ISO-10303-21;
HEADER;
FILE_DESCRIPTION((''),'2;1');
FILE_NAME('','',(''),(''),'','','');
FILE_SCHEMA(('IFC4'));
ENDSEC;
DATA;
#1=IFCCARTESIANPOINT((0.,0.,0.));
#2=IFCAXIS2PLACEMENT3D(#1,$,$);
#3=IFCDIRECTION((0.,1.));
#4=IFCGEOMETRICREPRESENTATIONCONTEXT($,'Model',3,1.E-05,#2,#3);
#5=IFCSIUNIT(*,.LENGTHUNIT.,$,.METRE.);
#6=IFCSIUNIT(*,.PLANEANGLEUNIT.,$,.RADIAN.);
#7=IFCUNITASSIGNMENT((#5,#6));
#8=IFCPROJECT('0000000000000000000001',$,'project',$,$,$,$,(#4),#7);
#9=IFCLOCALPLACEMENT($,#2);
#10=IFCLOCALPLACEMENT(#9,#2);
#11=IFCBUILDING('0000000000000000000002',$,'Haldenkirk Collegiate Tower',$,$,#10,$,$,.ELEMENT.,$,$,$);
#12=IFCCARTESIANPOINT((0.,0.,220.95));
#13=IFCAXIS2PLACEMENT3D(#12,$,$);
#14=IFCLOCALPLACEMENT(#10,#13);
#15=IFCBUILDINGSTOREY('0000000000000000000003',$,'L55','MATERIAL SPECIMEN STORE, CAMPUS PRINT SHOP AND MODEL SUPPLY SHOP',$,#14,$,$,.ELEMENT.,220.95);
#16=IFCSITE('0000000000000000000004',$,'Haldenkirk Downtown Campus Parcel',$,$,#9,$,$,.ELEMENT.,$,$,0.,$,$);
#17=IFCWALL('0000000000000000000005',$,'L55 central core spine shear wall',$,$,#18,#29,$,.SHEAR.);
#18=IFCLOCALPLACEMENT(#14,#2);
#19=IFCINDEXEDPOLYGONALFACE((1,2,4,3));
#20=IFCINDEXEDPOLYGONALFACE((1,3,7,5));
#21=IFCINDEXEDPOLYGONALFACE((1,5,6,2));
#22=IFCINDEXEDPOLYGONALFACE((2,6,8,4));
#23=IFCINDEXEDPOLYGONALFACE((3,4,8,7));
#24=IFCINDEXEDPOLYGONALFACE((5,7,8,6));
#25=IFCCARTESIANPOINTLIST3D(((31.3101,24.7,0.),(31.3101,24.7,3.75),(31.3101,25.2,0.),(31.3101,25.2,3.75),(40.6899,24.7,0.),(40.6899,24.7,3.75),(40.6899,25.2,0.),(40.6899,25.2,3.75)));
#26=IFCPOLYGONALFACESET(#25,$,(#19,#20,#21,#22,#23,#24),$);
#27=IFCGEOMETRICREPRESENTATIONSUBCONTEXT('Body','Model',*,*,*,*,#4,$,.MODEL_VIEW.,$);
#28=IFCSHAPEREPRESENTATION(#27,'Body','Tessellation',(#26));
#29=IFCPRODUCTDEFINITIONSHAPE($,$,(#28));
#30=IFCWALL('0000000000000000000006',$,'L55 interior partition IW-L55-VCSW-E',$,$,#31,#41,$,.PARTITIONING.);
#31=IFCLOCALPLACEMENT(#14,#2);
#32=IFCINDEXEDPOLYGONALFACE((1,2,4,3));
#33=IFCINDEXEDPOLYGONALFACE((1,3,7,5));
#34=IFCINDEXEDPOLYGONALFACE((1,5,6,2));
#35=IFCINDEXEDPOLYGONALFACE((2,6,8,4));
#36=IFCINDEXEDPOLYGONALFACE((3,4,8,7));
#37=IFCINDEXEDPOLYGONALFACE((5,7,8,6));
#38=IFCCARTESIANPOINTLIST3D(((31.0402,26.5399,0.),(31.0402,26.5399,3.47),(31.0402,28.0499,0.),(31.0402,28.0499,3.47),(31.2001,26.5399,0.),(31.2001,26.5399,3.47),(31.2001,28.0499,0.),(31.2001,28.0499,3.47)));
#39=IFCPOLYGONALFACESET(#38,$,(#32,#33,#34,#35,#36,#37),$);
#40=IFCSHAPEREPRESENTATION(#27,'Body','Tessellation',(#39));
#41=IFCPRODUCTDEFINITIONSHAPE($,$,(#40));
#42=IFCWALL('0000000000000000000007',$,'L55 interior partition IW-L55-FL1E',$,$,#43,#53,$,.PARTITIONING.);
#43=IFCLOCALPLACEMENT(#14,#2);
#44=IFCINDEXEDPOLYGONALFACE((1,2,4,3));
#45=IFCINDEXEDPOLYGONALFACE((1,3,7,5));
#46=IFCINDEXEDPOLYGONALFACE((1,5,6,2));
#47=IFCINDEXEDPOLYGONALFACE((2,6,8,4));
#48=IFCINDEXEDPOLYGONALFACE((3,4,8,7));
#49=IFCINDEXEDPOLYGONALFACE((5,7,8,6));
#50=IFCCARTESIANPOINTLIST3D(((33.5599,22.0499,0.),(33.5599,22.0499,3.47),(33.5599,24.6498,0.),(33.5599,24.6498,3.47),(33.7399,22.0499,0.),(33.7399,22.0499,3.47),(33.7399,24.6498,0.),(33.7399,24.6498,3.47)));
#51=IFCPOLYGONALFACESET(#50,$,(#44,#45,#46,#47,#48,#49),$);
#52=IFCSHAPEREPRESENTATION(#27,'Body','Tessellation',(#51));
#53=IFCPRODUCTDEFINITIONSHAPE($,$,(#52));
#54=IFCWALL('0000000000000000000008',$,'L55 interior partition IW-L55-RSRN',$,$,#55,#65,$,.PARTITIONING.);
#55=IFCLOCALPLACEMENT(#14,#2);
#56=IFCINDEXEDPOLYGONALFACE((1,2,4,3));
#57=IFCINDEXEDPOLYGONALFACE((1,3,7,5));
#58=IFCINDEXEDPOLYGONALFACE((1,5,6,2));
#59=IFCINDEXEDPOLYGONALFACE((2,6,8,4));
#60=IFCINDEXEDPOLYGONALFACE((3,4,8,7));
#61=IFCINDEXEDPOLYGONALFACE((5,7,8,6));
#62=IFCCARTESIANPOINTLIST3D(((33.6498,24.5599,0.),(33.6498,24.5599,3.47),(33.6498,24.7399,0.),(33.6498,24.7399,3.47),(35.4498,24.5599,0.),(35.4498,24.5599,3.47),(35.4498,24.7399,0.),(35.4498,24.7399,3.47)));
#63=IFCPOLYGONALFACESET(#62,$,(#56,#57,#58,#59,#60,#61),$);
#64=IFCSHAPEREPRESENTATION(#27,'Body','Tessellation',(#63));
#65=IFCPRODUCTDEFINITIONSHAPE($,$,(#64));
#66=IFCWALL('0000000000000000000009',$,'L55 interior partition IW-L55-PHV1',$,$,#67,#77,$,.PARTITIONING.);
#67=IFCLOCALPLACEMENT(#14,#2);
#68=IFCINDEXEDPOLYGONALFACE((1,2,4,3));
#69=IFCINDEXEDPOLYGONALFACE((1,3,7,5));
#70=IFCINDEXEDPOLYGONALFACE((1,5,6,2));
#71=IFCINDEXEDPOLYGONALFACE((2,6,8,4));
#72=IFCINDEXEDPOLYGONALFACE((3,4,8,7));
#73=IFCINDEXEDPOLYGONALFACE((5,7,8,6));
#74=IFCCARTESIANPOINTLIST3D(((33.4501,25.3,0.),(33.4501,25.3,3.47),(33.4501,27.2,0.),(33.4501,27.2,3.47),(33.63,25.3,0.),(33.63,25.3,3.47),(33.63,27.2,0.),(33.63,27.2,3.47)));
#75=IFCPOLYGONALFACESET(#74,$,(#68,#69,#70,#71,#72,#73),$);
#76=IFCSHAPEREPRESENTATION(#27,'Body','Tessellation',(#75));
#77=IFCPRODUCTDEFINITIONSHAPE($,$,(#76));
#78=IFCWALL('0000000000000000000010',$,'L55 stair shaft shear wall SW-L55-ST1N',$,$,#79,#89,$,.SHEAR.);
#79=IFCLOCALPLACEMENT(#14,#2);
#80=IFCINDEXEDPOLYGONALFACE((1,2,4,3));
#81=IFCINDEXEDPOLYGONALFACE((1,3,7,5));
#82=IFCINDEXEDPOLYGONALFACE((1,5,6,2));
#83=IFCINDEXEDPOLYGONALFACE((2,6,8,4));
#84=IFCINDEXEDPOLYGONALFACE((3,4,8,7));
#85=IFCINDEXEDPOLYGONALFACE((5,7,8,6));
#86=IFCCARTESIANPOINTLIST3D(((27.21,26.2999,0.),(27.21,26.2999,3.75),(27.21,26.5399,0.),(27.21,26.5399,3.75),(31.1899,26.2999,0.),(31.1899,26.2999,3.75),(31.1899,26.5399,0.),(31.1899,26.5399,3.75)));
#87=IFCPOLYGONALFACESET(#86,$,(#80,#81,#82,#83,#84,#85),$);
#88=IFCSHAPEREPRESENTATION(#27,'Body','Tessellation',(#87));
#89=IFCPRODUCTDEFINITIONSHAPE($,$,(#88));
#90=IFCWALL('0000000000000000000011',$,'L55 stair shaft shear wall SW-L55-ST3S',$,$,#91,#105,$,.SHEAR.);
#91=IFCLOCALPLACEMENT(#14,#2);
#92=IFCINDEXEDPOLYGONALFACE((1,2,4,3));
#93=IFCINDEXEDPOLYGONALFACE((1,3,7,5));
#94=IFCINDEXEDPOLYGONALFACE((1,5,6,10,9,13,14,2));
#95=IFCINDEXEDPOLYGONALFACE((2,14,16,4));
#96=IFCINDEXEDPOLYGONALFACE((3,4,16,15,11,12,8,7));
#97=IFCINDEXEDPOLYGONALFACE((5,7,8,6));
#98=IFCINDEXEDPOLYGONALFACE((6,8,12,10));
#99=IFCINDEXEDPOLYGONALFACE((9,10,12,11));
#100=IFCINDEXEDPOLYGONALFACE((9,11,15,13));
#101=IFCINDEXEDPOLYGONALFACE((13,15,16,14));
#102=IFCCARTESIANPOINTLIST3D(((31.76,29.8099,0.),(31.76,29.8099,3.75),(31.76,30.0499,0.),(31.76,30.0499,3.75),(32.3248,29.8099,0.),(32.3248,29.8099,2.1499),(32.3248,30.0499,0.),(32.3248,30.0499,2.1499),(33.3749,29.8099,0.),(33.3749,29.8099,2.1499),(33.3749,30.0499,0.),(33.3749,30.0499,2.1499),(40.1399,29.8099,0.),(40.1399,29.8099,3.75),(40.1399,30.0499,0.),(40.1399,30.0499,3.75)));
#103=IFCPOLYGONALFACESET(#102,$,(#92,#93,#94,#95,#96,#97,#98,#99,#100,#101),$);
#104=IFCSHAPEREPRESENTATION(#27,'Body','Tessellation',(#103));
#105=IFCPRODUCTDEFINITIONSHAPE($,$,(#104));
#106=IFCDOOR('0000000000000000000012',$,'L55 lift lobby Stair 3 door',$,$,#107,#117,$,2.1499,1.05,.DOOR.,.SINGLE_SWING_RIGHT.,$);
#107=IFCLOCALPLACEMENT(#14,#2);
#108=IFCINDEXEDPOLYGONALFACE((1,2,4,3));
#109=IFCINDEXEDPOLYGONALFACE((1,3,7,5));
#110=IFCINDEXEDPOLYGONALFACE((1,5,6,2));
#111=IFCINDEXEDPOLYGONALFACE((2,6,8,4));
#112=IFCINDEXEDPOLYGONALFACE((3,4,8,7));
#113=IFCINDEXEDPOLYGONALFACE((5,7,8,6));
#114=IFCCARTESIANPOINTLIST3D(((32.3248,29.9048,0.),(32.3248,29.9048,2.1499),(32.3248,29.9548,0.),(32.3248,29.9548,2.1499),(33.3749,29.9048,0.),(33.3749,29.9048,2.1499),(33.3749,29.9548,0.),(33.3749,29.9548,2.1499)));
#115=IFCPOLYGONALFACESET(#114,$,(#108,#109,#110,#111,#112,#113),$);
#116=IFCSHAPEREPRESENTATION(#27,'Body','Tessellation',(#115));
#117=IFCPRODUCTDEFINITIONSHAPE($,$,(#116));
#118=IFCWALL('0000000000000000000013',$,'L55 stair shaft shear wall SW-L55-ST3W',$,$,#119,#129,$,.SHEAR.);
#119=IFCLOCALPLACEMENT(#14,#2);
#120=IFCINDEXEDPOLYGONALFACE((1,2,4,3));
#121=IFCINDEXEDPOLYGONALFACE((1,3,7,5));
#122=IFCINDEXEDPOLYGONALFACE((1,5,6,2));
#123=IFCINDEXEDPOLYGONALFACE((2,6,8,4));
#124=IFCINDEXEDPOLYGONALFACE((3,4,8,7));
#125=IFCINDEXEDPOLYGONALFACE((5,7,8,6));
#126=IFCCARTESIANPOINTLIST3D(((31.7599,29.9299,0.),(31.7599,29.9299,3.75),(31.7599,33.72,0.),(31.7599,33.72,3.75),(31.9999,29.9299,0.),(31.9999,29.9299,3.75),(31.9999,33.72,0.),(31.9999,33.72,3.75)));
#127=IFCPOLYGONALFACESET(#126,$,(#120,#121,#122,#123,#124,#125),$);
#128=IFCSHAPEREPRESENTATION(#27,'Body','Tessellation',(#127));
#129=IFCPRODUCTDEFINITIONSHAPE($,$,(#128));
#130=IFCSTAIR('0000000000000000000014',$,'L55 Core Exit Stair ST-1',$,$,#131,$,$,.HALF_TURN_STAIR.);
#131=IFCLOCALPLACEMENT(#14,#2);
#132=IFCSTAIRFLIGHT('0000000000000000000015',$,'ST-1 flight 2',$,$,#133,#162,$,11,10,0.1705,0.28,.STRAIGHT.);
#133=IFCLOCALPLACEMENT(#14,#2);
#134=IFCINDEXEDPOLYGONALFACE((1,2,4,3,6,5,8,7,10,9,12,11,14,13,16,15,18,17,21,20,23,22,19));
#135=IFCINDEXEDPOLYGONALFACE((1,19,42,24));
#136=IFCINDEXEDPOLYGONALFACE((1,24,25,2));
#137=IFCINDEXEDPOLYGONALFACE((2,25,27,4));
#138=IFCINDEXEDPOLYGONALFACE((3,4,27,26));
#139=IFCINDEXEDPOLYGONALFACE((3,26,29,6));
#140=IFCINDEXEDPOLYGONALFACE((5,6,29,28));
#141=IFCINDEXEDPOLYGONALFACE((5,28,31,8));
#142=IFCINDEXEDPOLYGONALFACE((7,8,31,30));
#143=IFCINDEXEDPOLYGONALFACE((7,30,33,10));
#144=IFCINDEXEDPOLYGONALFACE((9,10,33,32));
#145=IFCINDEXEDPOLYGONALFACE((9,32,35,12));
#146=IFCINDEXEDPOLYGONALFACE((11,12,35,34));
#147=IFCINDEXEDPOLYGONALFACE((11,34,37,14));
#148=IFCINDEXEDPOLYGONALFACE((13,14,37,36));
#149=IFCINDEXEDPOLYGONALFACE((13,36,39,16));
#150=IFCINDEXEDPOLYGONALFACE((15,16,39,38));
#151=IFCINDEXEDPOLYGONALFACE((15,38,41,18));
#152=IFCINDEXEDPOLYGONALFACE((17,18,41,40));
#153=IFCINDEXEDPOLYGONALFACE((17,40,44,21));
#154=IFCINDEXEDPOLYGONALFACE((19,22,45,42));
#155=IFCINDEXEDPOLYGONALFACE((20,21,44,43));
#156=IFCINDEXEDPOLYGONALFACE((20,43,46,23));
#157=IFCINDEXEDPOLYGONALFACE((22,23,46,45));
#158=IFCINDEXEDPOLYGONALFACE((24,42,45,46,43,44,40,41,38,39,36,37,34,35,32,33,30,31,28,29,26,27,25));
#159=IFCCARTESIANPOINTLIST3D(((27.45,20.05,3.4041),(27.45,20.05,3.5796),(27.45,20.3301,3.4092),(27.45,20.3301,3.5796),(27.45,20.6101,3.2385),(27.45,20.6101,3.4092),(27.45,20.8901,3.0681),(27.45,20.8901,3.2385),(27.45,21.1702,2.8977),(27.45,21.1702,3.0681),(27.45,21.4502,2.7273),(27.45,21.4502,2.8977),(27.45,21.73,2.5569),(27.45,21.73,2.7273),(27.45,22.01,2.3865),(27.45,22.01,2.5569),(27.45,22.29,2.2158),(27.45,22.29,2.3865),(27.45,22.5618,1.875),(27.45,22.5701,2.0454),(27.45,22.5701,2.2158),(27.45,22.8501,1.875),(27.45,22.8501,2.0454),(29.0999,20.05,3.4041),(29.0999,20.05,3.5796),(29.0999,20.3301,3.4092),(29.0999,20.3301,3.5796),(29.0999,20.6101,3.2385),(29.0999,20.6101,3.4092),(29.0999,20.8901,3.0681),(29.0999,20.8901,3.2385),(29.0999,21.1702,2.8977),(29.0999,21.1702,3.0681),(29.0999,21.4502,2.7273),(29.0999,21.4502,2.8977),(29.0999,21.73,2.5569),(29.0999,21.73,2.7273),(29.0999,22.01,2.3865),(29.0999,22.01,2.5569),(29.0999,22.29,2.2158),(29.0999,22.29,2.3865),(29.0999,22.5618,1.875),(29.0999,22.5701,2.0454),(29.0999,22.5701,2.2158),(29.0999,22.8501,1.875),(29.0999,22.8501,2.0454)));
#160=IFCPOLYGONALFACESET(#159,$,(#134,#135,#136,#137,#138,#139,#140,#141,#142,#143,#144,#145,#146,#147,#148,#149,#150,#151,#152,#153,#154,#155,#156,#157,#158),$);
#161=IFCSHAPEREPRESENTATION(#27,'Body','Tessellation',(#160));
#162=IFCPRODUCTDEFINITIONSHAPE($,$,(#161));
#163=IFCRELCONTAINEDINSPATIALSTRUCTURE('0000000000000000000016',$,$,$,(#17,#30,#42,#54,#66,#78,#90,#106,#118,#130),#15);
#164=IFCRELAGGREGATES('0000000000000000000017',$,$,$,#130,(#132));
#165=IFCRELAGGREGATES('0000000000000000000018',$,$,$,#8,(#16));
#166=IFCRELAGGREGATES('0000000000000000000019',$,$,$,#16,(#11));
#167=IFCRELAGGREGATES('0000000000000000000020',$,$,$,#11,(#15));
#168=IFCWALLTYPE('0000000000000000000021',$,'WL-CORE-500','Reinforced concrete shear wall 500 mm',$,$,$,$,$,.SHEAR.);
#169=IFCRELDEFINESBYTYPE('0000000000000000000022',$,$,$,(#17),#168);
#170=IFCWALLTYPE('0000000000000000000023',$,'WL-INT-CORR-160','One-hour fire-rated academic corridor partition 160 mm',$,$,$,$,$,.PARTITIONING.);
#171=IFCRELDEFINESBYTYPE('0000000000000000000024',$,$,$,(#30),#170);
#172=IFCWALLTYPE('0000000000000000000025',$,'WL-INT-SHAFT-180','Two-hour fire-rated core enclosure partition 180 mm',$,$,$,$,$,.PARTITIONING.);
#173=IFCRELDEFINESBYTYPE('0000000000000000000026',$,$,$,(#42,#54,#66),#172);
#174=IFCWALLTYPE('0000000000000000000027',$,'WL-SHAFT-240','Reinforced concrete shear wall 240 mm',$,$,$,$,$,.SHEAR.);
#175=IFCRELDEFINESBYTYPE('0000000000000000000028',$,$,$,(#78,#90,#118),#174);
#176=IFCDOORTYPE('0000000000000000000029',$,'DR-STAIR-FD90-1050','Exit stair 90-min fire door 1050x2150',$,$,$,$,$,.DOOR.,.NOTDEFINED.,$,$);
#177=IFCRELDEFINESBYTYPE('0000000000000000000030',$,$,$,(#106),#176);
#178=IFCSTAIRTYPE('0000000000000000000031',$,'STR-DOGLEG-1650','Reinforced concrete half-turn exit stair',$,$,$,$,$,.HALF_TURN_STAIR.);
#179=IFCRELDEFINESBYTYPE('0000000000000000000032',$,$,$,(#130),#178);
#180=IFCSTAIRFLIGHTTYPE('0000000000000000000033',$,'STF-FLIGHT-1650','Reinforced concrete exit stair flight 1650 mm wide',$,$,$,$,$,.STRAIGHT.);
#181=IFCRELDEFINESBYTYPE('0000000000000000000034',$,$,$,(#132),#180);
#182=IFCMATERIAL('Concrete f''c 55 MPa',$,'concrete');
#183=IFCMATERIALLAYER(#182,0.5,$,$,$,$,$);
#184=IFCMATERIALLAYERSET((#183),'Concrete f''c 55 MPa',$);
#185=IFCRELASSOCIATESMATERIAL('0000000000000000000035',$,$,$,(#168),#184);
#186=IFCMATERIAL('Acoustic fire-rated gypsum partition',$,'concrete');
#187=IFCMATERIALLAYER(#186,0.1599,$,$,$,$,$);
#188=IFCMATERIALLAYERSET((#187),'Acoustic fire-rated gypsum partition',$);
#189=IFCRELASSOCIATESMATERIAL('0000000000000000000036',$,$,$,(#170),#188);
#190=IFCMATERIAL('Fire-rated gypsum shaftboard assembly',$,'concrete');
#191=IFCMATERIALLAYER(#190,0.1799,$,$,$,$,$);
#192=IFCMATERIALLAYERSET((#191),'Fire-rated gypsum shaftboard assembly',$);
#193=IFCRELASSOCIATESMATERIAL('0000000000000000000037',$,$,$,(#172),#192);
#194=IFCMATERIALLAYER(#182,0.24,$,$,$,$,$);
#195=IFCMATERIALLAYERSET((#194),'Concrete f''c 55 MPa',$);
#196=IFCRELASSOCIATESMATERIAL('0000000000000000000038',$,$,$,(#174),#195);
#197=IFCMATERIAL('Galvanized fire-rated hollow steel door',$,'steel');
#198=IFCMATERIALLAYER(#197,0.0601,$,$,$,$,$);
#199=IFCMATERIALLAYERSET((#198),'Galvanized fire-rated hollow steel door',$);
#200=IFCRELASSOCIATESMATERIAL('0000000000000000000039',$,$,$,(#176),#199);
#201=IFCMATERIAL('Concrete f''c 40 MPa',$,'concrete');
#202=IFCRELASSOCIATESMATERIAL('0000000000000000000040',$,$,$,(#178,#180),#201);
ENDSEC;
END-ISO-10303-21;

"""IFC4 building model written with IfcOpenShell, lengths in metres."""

from ifc_helpers import new_model, si_unit, direction, frame, frame_2d, origin, place, context, subcontext, project, spatial, polyline, rectangle, outline, extrude, material, layer, layer_set, type_object, element, fill, aggregate, save


model = new_model("IFC4")

# Units and contexts
model_context = context("Model", 3, precision=1e-05, world=origin(), true_north=direction((0.0, 1.0)))
body_context = subcontext(model_context, "Body", "Model", "MODEL_VIEW")
ifc_project = project(units=[si_unit("LENGTHUNIT", "METRE"), si_unit("PLANEANGLEUNIT", "RADIAN")], contexts=[model_context])

# Site, building, storey
site_placement = place(None, origin())
site = spatial("IfcSite", under=ifc_project, at=site_placement, Name="Haldenkirk Downtown Campus Parcel", CompositionType="ELEMENT", RefElevation=0.0)
building_placement = place(site_placement, origin())
building = spatial("IfcBuilding", under=site, at=building_placement, Name="Haldenkirk Collegiate Tower", CompositionType="ELEMENT")
storey_placement = place(building_placement, frame((0.0, 0.0, 220.95)))
storey = spatial("IfcBuildingStorey", under=building, at=storey_placement, Name="L55", Description="MATERIAL SPECIMEN STORE, CAMPUS PRINT SHOP AND MODEL SUPPLY SHOP", CompositionType="ELEMENT", Elevation=220.95)

# Wall
ifc_material_1 = material(Name="Concrete f'c 55 MPa", Category="concrete")
ifc_layer_1 = layer(ifc_material_1, 0.5)
ifc_layer_set_1 = layer_set([ifc_layer_1], Name="Concrete f'c 55 MPa")
wall_type_1 = type_object("IfcWallType", Name="WL-CORE-500", Description="Reinforced concrete shear wall 500 mm", PredefinedType="SHEAR", material=ifc_layer_set_1)
wall_1_placement = place(storey_placement, frame((31.3101, 24.95, 0.0), z_axis=(0.0, 0.0, 1.0), x_axis=(1.0, 0.0, 0.0)))
element("IfcWall", 1, at=wall_1_placement, inside=storey, type_object=wall_type_1, Name="L55 central core spine shear wall", PredefinedType="SHEAR", context=body_context, shape_type="SweptSolid", body=[
    extrude(rectangle(XDim=9.3799, YDim=0.5, at=frame_2d((4.6899, 0.0))), origin(), (0.0, 0.0, 1.0), 3.75),
])

# Shared definitions
ifc_material_2 = material(Name="Acoustic fire-rated gypsum partition", Category="concrete")
ifc_layer_2 = layer(ifc_material_2, 0.1599)
ifc_layer_set_2 = layer_set([ifc_layer_2], Name="Acoustic fire-rated gypsum partition")
wall_type_2 = type_object("IfcWallType", Name="WL-INT-CORR-160", Description="One-hour fire-rated academic corridor partition 160 mm", PredefinedType="PARTITIONING", material=ifc_layer_set_2)

# Wall
wall_2_placement = place(storey_placement, frame((31.1201, 26.54, 0.0), z_axis=(0.0, 0.0, 1.0), x_axis=(0.0, 1.0, 0.0)))
element("IfcWall", 2, at=wall_2_placement, inside=storey, type_object=wall_type_2, Name="L55 interior partition IW-L55-VCSW-E", PredefinedType="PARTITIONING", context=body_context, shape_type="SweptSolid", body=[
    extrude(rectangle(XDim=1.51, YDim=0.1599, at=frame_2d((0.7549, 0.0))), origin(), (0.0, 0.0, 1.0), 3.47),
])

# Walls
ifc_material_3 = material(Name="Fire-rated gypsum shaftboard assembly", Category="concrete")
ifc_layer_3 = layer(ifc_material_3, 0.1799)
ifc_layer_set_3 = layer_set([ifc_layer_3], Name="Fire-rated gypsum shaftboard assembly")
wall_type_3 = type_object("IfcWallType", Name="WL-INT-SHAFT-180", Description="Two-hour fire-rated core enclosure partition 180 mm", PredefinedType="PARTITIONING", material=ifc_layer_set_3)
wall_3_placement = place(storey_placement, frame((33.6499, 22.05, 0.0), z_axis=(0.0, 0.0, 1.0), x_axis=(0.0, 1.0, 0.0)))
element("IfcWall", 3, at=wall_3_placement, inside=storey, type_object=wall_type_3, Name="L55 interior partition IW-L55-FL1E", PredefinedType="PARTITIONING", context=body_context, shape_type="SweptSolid", body=[
    extrude(rectangle(XDim=2.5999, YDim=0.1799, at=frame_2d((1.2998, 0.0))), origin(), (0.0, 0.0, 1.0), 3.47),
])
wall_4_placement = place(storey_placement, frame((33.6499, 24.6499, 0.0), z_axis=(0.0, 0.0, 1.0), x_axis=(1.0, 0.0, 0.0)))
element("IfcWall", 4, at=wall_4_placement, inside=storey, type_object=wall_type_3, Name="L55 interior partition IW-L55-RSRN", PredefinedType="PARTITIONING", context=body_context, shape_type="SweptSolid", body=[
    extrude(rectangle(XDim=1.8, YDim=0.1799, at=frame_2d((0.8999, 0.0))), origin(), (0.0, 0.0, 1.0), 3.47),
])

# Wall
wall_5_placement = place(storey_placement, frame((33.54, 25.3, 0.0), z_axis=(0.0, 0.0, 1.0), x_axis=(0.0, 1.0, 0.0)))
element("IfcWall", 5, at=wall_5_placement, inside=storey, type_object=wall_type_3, Name="L55 interior partition IW-L55-PHV1", PredefinedType="PARTITIONING", context=body_context, shape_type="SweptSolid", body=[
    extrude(rectangle(XDim=1.8999, YDim=0.1799, at=frame_2d((0.95, 0.0))), origin(), (0.0, 0.0, 1.0), 3.47),
])

# Shared definitions
ifc_material_4 = material(Name="Galvanized fire-rated hollow steel door", Category="steel")

# Wall
ifc_layer_4 = layer(ifc_material_1, 0.24)
ifc_layer_set_4 = layer_set([ifc_layer_4], Name="Concrete f'c 55 MPa")
wall_type_4 = type_object("IfcWallType", Name="WL-SHAFT-240", Description="Reinforced concrete shear wall 240 mm", PredefinedType="SHEAR", material=ifc_layer_set_4)
wall_6_placement = place(storey_placement, frame((27.21, 26.4199, 0.0), z_axis=(0.0, 0.0, 1.0), x_axis=(1.0, 0.0, 0.0)))
element("IfcWall", 6, at=wall_6_placement, inside=storey, type_object=wall_type_4, Name="L55 stair shaft shear wall SW-L55-ST1N", PredefinedType="SHEAR", context=body_context, shape_type="SweptSolid", body=[
    extrude(rectangle(XDim=3.98, YDim=0.24, at=frame_2d((1.99, 0.0))), origin(), (0.0, 0.0, 1.0), 3.75),
])

# Wall, opening, door
wall_7_placement = place(storey_placement, frame((31.76, 29.9299, 0.0), z_axis=(0.0, 0.0, 1.0), x_axis=(1.0, 0.0, 0.0)))
wall_7 = element("IfcWall", 7, at=wall_7_placement, inside=storey, type_object=wall_type_4, Name="L55 stair shaft shear wall SW-L55-ST3S", PredefinedType="SHEAR", context=body_context, shape_type="SweptSolid", body=[
    extrude(rectangle(XDim=8.3799, YDim=0.24, at=frame_2d((4.1899, 0.0))), origin(), (0.0, 0.0, 1.0), 3.75),
])
opening_1_placement = place(wall_7_placement, frame((0.5649, 0.0, 0.0)))
opening_1 = element("IfcOpeningElement", 8, at=opening_1_placement, cuts=wall_7, PredefinedType="OPENING", context=body_context, shape_type="SweptSolid", body=[
    extrude(rectangle(XDim=1.05, YDim=2.1499, at=frame_2d((0.5249, 1.075))), frame((0.0, 0.1299, 0.0), z_axis=(0.0, -1.0, 0.0), x_axis=(1.0, 0.0, 0.0)), (0.0, 0.0, 1.0), 0.26),
])
ifc_layer_5 = layer(ifc_material_4, 0.0601)
ifc_layer_set_5 = layer_set([ifc_layer_5], Name="Galvanized fire-rated hollow steel door")
door_type_1 = type_object("IfcDoorType", Name="DR-STAIR-FD90-1050", Description="Exit stair 90-min fire door 1050x2150", OperationType="NOTDEFINED", PredefinedType="DOOR", material=ifc_layer_set_5)
door_1_placement = place(opening_1_placement, origin())
door_1 = element("IfcDoor", 9, at=door_1_placement, inside=storey, type_object=door_type_1, Name="L55 lift lobby Stair 3 door", OperationType="SINGLE_SWING_RIGHT", OverallHeight=2.1499, OverallWidth=1.05, PredefinedType="DOOR", context=body_context, shape_type="SweptSolid", body=[
    extrude(rectangle(XDim=1.05, YDim=2.1499, at=frame_2d((0.5249, 1.075))), frame((0.0, 0.0249, 0.0), z_axis=(0.0, -1.0, 0.0), x_axis=(1.0, 0.0, 0.0)), (0.0, 0.0, 1.0), 0.05),
])
fill(opening_1, door_1)

# Wall
wall_8_placement = place(storey_placement, frame((31.8799, 29.9299, 0.0), z_axis=(0.0, 0.0, 1.0), x_axis=(0.0, 1.0, 0.0)))
element("IfcWall", 10, at=wall_8_placement, inside=storey, type_object=wall_type_4, Name="L55 stair shaft shear wall SW-L55-ST3W", PredefinedType="SHEAR", context=body_context, shape_type="SweptSolid", body=[
    extrude(rectangle(XDim=3.79, YDim=0.24, at=frame_2d((1.895, 0.0))), origin(), (0.0, 0.0, 1.0), 3.75),
])

# Stair, stair flight
ifc_material_5 = material(Name="Concrete f'c 40 MPa", Category="concrete")
stair_type = type_object("IfcStairType", Name="STR-DOGLEG-1650", Description="Reinforced concrete half-turn exit stair", PredefinedType="HALF_TURN_STAIR", material=ifc_material_5)
stair_1_placement = place(storey_placement, origin())
stair_1 = element("IfcStair", 11, at=stair_1_placement, inside=storey, type_object=stair_type, Name="L55 Core Exit Stair ST-1", PredefinedType="HALF_TURN_STAIR")
stair_flight_type = type_object("IfcStairFlightType", Name="STF-FLIGHT-1650", Description="Reinforced concrete exit stair flight 1650 mm wide", PredefinedType="STRAIGHT", material=ifc_material_5)
stair_flight_1_placement = place(storey_placement, frame((28.2749, 22.8501, 1.875), z_axis=(0.0, 0.0, 1.0), x_axis=(0.0, -1.0, 0.0)))
stair_flight_1 = element("IfcStairFlight", 12, at=stair_flight_1_placement, type_object=stair_flight_type, Name="ST-1 flight 2", NumberOfRisers=11, NumberOfTreads=10, PredefinedType="STRAIGHT", RiserHeight=0.1705, TreadLength=0.28, context=body_context, shape_type="SweptSolid", body=[
    extrude(outline(polyline([(0.0, 0.0), (0.0, 0.1704), (0.28, 0.1704), (0.28, 0.3408), (0.5601, 0.3408), (0.5601, 0.5115), (0.8401, 0.5115), (0.8401, 0.6819), (1.1201, 0.6819), (1.1201, 0.8523), (1.3999, 0.8523), (1.3999, 1.0227), (1.6799, 1.0227), (1.6799, 1.1931), (1.96, 1.1931), (1.96, 1.3635), (2.24, 1.3635), (2.24, 1.5342), (2.52, 1.5342), (2.52, 1.7046), (2.8, 1.7046), (2.8, 1.875), (2.8, 1.5291), (0.2883, 0.0), (0.0, 0.0)])), frame((0.0, 0.825, 0.0), z_axis=(0.0, -1.0, 0.0), x_axis=(1.0, 0.0, 0.0)), (0.0, 0.0, 1.0), 1.6499),
])
aggregate(stair_1, [stair_flight_1])

save(model, "model.ifc")
